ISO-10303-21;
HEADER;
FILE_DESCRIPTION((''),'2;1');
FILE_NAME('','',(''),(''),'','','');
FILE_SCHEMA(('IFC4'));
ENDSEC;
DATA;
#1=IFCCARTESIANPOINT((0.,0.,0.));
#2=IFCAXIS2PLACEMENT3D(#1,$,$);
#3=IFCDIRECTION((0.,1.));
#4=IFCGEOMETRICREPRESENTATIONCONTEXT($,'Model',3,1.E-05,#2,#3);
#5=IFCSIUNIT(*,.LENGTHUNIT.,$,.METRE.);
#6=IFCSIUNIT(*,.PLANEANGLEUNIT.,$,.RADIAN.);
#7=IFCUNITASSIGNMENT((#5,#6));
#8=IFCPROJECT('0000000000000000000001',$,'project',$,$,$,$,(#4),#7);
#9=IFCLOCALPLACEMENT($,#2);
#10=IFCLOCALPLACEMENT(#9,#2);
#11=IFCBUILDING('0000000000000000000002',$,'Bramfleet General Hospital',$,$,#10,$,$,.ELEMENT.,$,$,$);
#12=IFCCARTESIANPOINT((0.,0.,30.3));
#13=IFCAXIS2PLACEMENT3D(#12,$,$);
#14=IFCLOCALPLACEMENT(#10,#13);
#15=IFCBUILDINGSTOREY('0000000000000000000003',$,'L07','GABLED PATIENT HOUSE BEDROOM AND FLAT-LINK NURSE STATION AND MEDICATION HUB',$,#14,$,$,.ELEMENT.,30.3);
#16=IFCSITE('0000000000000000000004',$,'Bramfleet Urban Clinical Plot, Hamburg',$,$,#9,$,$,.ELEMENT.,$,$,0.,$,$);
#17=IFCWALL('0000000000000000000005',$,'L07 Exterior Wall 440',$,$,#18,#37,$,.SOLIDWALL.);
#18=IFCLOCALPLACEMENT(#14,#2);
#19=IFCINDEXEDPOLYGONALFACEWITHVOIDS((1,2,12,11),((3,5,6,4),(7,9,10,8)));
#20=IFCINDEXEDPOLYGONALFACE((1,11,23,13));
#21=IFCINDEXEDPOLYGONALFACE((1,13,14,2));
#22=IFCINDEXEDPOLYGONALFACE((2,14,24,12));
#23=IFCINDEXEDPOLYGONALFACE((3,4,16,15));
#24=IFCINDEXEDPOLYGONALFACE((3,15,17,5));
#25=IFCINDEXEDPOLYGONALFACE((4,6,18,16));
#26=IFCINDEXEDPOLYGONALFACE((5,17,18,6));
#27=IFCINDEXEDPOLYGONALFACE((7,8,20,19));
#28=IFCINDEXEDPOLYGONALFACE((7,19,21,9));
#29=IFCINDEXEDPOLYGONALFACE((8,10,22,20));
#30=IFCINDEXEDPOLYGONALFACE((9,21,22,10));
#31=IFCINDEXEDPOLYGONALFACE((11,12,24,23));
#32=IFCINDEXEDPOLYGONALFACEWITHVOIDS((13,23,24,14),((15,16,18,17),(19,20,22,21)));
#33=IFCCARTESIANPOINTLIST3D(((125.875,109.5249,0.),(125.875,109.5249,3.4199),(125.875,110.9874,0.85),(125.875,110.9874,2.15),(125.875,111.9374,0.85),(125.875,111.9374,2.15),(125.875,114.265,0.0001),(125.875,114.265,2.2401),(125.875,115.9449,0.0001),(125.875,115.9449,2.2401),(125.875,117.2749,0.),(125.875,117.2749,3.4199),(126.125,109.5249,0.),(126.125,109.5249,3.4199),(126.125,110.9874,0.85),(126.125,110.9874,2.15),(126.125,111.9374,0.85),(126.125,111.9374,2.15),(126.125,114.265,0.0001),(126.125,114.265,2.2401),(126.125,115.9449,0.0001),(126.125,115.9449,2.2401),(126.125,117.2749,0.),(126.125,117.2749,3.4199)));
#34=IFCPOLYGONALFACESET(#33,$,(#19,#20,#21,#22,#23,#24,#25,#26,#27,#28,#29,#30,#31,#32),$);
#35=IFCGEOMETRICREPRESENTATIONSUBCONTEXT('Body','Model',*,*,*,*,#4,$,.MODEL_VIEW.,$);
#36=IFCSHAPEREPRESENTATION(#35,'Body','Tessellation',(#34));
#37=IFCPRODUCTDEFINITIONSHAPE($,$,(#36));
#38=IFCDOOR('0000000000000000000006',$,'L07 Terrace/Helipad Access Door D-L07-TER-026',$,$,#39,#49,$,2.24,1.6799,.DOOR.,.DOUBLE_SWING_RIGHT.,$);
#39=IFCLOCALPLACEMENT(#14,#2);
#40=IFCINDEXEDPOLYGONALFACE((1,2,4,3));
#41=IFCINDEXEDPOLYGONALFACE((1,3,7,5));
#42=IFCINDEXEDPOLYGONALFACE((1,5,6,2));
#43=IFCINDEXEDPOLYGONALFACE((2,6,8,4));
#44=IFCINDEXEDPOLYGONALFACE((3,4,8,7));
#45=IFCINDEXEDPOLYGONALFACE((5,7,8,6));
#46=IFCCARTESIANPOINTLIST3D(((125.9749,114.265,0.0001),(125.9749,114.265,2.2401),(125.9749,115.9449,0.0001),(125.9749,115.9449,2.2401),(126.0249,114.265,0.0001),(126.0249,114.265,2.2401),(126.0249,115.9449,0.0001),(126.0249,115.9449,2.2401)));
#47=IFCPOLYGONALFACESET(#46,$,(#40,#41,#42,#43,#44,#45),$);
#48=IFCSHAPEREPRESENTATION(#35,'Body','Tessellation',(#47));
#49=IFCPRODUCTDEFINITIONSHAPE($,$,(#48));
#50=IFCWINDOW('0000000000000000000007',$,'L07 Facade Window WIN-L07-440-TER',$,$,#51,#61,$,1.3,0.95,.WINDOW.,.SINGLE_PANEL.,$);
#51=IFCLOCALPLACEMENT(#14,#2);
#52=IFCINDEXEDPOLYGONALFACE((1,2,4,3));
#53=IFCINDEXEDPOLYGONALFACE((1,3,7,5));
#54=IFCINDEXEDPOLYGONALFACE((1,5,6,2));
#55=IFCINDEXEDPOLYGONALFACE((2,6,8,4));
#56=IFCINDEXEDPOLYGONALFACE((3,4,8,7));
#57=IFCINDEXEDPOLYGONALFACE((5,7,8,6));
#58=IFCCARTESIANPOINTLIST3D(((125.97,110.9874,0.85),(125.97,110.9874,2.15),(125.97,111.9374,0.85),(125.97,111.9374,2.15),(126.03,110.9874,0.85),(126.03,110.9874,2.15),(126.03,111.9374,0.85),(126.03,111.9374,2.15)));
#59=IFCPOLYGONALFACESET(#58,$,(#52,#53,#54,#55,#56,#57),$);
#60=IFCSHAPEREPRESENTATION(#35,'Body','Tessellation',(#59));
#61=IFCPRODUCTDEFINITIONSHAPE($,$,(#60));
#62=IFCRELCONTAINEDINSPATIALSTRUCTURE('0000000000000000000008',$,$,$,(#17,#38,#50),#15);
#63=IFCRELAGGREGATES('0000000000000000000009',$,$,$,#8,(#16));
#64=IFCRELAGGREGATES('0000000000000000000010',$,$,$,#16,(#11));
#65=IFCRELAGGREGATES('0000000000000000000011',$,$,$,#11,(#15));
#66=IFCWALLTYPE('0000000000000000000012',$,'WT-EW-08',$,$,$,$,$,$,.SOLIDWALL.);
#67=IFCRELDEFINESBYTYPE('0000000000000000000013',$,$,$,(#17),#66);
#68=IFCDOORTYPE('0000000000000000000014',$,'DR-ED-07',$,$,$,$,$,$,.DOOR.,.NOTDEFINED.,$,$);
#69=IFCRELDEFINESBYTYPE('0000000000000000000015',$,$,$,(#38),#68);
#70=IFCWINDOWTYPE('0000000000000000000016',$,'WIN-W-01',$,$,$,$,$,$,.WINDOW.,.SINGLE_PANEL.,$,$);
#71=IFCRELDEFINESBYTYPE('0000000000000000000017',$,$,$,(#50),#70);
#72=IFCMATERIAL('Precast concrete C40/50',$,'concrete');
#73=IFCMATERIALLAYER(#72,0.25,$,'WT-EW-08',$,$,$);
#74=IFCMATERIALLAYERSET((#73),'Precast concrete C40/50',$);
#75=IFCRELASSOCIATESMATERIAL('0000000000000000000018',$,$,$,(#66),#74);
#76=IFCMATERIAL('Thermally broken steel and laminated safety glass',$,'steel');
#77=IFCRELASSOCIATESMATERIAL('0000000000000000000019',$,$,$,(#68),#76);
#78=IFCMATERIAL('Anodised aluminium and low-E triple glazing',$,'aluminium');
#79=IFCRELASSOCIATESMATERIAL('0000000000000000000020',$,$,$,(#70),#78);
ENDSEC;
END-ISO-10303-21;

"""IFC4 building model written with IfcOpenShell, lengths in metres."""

from ifc_helpers import new_model, si_unit, direction, frame, frame_2d, origin, place, context, subcontext, project, spatial, rectangle, extrude, material, layer, layer_set, type_object, element, fill, save


model = new_model("IFC4")

# Units and contexts
model_context = context("Model", 3, precision=1e-05, world=origin(), true_north=direction((0.0, 1.0)))
body_context = subcontext(model_context, "Body", "Model", "MODEL_VIEW")
ifc_project = project(units=[si_unit("LENGTHUNIT", "METRE"), si_unit("PLANEANGLEUNIT", "RADIAN")], contexts=[model_context])

# Site, building, storey
site_placement = place(None, origin())
site = spatial("IfcSite", under=ifc_project, at=site_placement, Name="Bramfleet Urban Clinical Plot, Hamburg", CompositionType="ELEMENT", RefElevation=0.0)
building_placement = place(site_placement, origin())
building = spatial("IfcBuilding", under=site, at=building_placement, Name="Bramfleet General Hospital", CompositionType="ELEMENT")
storey_placement = place(building_placement, frame((0.0, 0.0, 30.3)))
storey = spatial("IfcBuildingStorey", under=building, at=storey_placement, Name="L07", Description="GABLED PATIENT HOUSE BEDROOM AND FLAT-LINK NURSE STATION AND MEDICATION HUB", CompositionType="ELEMENT", Elevation=30.3)

# Shared definitions
ifc_material_1 = material(Name="Anodised aluminium and low-E triple glazing", Category="aluminium")

# Wall, openings, door, window
ifc_material_2 = material(Name="Precast concrete C40/50", Category="concrete")
ifc_layer_1 = layer(ifc_material_2, 0.25, Name="WT-EW-08")
ifc_layer_set_1 = layer_set([ifc_layer_1], Name="Precast concrete C40/50")
wall_type = type_object("IfcWallType", Name="WT-EW-08", PredefinedType="SOLIDWALL", material=ifc_layer_set_1)
wall_placement = place(storey_placement, frame((126.0, 117.2749, 0.0), z_axis=(0.0, 0.0, 1.0), x_axis=(0.0, -1.0, 0.0)))
wall = element("IfcWall", 1, at=wall_placement, inside=storey, type_object=wall_type, Name="L07 Exterior Wall 440", PredefinedType="SOLIDWALL", context=body_context, shape_type="SweptSolid", body=[
    extrude(rectangle(XDim=7.75, YDim=0.25, at=frame_2d((3.875, 0.0))), origin(), (0.0, 0.0, 1.0), 3.4199),
])
opening_1_placement = place(wall_placement, frame((1.3301, 0.0, 0.0)))
opening_1 = element("IfcOpeningElement", 2, at=opening_1_placement, cuts=wall, PredefinedType="OPENING", context=body_context, shape_type="SweptSolid", body=[
    extrude(rectangle(XDim=1.6799, YDim=2.24, at=frame_2d((0.8398, 1.1201))), frame((0.0, 0.135, 0.0), z_axis=(0.0, -1.0, 0.0), x_axis=(1.0, 0.0, 0.0)), (0.0, 0.0, 1.0), 0.27),
])
opening_2_placement = place(wall_placement, frame((5.3374, 0.0, 0.8501)))
opening_2 = element("IfcOpeningElement", 3, at=opening_2_placement, cuts=wall, PredefinedType="OPENING", context=body_context, shape_type="SweptSolid", body=[
    extrude(rectangle(XDim=0.95, YDim=1.3, at=frame_2d((0.4751, 0.6499))), frame((0.0, 0.135, 0.0), z_axis=(0.0, -1.0, 0.0), x_axis=(1.0, 0.0, 0.0)), (0.0, 0.0, 1.0), 0.27),
])
ifc_material_3 = material(Name="Thermally broken steel and laminated safety glass", Category="steel")
door_type = type_object("IfcDoorType", Name="DR-ED-07", OperationType="NOTDEFINED", PredefinedType="DOOR", material=ifc_material_3)
door_placement = place(opening_1_placement, origin())
door = element("IfcDoor", 4, at=door_placement, inside=storey, type_object=door_type, Name="L07 Terrace/Helipad Access Door D-L07-TER-026", OperationType="DOUBLE_SWING_RIGHT", OverallHeight=2.24, OverallWidth=1.6799, PredefinedType="DOOR", context=body_context, shape_type="SweptSolid", body=[
    extrude(rectangle(XDim=1.6799, YDim=2.24, at=frame_2d((0.8398, 1.1201))), frame((0.0, 0.0249, 0.0), z_axis=(0.0, -1.0, 0.0), x_axis=(1.0, 0.0, 0.0)), (0.0, 0.0, 1.0), 0.05),
])
fill(opening_1, door)
window_type = type_object("IfcWindowType", Name="WIN-W-01", PartitioningType="SINGLE_PANEL", PredefinedType="WINDOW", material=ifc_material_1)
window_placement = place(opening_2_placement, origin())
window = element("IfcWindow", 5, at=window_placement, inside=storey, type_object=window_type, Name="L07 Facade Window WIN-L07-440-TER", OverallHeight=1.3, OverallWidth=0.95, PartitioningType="SINGLE_PANEL", PredefinedType="WINDOW", context=body_context, shape_type="SweptSolid", body=[
    extrude(rectangle(XDim=0.95, YDim=1.3, at=frame_2d((0.4751, 0.6499))), frame((0.0, 0.03, 0.0), z_axis=(0.0, -1.0, 0.0), x_axis=(1.0, 0.0, 0.0)), (0.0, 0.0, 1.0), 0.0601),
])
fill(opening_2, window)

save(model, "model.ifc")
